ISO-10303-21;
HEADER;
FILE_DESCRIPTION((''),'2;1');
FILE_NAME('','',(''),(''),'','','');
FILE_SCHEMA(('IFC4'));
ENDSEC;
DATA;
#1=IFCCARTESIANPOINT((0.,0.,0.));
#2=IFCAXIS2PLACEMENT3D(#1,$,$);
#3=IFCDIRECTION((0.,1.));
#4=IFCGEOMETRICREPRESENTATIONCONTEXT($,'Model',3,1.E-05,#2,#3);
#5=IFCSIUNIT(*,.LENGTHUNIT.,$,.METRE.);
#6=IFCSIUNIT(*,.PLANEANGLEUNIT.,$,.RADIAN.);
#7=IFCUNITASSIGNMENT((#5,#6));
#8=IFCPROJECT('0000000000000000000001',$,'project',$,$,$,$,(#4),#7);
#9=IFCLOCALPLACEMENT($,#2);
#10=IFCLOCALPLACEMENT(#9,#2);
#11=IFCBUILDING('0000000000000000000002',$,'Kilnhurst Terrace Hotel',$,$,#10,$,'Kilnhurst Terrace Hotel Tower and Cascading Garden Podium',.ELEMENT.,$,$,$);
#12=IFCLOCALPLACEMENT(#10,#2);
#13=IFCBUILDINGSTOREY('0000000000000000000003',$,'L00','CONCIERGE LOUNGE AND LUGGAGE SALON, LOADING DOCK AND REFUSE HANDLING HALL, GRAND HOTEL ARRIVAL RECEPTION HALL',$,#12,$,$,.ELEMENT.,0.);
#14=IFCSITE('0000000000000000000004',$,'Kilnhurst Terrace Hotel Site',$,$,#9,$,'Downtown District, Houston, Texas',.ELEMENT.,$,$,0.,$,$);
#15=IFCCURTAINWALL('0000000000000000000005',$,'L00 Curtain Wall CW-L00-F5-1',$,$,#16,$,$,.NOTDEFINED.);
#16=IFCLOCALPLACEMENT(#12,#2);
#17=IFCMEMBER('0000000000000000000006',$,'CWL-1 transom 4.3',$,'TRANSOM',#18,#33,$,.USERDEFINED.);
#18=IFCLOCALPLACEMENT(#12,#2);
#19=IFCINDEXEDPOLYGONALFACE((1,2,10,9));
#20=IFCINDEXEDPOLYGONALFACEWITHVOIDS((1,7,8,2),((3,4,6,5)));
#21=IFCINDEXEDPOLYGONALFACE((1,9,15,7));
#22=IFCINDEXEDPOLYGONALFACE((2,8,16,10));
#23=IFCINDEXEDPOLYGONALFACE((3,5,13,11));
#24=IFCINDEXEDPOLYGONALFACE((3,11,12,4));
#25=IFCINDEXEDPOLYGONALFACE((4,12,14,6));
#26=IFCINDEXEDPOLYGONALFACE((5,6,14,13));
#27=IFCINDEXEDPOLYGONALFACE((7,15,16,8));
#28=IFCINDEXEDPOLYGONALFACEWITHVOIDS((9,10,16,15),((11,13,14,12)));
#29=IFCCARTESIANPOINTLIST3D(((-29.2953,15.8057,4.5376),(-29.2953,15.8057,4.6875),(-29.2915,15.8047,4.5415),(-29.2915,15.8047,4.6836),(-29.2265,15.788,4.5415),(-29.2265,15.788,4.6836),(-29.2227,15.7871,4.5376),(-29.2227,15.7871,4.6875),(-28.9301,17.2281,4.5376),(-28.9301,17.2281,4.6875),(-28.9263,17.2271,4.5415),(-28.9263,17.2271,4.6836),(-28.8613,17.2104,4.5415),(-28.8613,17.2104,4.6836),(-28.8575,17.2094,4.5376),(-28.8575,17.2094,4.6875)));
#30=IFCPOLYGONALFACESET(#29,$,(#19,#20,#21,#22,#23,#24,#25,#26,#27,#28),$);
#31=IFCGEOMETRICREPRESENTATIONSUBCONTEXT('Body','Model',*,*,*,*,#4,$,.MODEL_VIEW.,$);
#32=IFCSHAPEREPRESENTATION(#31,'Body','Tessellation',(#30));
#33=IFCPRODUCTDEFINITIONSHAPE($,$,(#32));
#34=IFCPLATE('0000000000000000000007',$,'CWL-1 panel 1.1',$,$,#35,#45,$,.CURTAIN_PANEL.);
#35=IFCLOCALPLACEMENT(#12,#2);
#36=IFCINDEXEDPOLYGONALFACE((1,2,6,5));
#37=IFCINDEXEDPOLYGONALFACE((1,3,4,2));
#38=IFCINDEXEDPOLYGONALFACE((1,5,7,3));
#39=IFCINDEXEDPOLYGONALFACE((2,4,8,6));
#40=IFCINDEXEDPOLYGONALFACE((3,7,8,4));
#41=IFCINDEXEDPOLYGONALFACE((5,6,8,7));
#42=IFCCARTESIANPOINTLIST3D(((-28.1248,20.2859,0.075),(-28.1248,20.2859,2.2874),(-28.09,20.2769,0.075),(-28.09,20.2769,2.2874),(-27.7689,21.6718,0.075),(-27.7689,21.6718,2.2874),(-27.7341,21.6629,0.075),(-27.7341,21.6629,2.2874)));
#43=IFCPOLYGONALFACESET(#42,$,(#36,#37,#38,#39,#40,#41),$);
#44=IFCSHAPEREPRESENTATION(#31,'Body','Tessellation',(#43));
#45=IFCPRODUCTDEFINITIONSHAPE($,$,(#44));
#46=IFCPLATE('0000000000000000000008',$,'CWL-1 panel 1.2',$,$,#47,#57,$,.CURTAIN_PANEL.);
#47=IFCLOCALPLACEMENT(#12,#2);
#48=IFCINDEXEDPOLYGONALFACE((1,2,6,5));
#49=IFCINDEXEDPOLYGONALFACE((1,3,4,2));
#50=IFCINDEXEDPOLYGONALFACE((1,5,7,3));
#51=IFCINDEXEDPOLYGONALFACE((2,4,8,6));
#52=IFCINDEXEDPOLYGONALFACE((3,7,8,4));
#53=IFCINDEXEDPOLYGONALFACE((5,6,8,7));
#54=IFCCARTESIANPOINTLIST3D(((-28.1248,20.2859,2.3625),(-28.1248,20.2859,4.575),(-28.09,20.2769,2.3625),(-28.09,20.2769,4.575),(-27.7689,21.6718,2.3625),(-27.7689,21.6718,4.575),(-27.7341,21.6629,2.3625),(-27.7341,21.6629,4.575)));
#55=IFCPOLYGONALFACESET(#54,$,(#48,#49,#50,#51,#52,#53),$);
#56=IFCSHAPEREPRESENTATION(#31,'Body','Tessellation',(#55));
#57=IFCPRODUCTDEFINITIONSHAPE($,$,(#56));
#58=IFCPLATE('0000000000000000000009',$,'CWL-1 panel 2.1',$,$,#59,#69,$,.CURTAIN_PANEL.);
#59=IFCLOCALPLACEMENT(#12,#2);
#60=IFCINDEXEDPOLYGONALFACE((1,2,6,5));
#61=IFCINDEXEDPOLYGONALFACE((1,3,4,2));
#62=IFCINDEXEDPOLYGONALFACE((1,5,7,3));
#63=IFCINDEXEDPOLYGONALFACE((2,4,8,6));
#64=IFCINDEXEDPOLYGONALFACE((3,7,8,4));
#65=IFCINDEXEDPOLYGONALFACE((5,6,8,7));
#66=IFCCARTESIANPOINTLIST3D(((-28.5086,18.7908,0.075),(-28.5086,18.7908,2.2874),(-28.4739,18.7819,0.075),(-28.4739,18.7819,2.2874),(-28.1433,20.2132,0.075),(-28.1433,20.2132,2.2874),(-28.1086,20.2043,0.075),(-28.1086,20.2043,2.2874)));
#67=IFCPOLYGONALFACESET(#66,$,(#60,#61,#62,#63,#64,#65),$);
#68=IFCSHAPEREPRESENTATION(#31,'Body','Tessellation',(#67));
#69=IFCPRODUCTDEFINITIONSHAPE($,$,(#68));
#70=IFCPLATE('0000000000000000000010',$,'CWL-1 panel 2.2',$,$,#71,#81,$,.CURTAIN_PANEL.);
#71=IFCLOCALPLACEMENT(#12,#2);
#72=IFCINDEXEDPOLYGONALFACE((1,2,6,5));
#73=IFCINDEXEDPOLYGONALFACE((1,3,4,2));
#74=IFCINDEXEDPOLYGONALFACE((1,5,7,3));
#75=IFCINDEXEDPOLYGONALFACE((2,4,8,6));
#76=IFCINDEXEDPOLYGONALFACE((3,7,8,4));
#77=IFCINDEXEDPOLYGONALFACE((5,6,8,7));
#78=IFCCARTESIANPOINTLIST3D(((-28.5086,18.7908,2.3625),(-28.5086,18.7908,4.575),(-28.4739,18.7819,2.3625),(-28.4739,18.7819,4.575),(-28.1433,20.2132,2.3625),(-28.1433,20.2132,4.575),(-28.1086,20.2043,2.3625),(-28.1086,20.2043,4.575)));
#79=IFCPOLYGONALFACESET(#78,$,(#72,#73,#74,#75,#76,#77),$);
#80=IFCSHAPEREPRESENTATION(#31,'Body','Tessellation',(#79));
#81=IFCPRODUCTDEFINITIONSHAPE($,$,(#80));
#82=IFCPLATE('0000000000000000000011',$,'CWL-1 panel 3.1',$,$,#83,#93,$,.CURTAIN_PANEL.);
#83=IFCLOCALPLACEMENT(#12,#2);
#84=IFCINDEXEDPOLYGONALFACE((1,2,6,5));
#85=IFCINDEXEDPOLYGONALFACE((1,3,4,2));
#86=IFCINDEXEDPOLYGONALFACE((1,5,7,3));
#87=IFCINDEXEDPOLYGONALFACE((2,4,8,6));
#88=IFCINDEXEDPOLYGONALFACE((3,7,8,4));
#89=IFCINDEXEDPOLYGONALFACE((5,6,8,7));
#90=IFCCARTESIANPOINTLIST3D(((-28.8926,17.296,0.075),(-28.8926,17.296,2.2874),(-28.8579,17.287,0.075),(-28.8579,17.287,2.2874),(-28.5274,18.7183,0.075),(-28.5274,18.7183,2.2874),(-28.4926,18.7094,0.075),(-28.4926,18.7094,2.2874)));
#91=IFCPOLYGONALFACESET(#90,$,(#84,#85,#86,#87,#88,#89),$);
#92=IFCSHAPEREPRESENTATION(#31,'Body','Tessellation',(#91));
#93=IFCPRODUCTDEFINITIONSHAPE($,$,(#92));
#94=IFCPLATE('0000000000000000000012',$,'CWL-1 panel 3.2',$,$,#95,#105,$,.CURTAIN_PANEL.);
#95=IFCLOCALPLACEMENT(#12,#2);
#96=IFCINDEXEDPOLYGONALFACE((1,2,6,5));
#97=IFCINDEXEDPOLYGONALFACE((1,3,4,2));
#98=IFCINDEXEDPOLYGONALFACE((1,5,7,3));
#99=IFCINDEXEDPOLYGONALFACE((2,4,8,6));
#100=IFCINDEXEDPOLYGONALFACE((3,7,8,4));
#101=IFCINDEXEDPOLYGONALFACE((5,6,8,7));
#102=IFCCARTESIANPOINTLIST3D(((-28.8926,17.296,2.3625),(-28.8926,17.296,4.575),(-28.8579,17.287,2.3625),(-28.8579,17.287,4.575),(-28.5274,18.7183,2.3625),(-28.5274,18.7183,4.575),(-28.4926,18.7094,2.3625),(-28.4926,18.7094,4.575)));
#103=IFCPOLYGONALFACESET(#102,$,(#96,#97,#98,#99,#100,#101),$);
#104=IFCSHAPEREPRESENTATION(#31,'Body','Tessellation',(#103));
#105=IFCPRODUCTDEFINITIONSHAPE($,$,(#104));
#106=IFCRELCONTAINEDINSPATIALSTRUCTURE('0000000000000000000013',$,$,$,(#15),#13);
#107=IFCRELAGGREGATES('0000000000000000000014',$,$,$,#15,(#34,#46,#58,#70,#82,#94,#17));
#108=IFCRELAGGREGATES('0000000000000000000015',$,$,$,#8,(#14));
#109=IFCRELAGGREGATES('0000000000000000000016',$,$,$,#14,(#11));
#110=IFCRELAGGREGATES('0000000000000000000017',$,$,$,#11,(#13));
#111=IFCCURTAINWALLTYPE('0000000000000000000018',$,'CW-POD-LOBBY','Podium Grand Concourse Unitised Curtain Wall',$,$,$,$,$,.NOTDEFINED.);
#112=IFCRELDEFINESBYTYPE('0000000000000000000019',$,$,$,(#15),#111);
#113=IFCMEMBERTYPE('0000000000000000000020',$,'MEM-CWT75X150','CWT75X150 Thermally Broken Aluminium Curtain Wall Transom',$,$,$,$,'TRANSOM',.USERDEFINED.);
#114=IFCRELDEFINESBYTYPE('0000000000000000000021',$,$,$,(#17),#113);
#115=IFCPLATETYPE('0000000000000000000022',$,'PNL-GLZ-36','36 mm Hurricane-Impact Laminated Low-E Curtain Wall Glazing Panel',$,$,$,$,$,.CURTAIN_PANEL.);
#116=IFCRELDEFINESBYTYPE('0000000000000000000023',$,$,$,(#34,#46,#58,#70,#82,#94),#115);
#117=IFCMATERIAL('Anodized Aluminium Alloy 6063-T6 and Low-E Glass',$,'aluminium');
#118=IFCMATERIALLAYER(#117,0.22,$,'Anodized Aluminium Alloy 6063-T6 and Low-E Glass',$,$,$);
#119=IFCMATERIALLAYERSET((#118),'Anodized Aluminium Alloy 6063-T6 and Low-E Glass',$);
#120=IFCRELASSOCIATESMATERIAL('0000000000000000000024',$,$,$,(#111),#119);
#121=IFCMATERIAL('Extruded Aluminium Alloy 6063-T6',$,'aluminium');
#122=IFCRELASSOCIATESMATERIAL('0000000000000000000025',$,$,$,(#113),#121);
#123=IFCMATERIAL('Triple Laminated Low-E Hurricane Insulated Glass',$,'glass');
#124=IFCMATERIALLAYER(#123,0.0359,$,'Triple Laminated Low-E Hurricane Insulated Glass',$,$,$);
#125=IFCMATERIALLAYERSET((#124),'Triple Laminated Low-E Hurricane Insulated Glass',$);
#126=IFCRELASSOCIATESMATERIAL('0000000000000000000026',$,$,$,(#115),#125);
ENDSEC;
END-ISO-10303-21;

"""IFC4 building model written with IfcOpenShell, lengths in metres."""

from ifc_helpers import new_model, si_unit, direction, frame, origin, origin_2d, place, context, subcontext, project, spatial, rectangle, hollow_rectangle, extrude, material, layer, layer_set, material_profile, profile_set, type_object, element, aggregate, save


model = new_model("IFC4")

# Units and contexts
model_context = context("Model", 3, precision=1e-05, world=origin(), true_north=direction((0.0, 1.0)))
body_context = subcontext(model_context, "Body", "Model", "MODEL_VIEW")
ifc_project = project(units=[si_unit("LENGTHUNIT", "METRE"), si_unit("PLANEANGLEUNIT", "RADIAN")], contexts=[model_context])

# Site, building, storey
site_placement = place(None, origin())
site = spatial("IfcSite", under=ifc_project, at=site_placement, Name="Kilnhurst Terrace Hotel Site", LongName="Downtown District, Houston, Texas", CompositionType="ELEMENT", RefElevation=0.0)
building_placement = place(site_placement, origin())
building = spatial("IfcBuilding", under=site, at=building_placement, Name="Kilnhurst Terrace Hotel", LongName="Kilnhurst Terrace Hotel Tower and Cascading Garden Podium", CompositionType="ELEMENT")
storey_placement = place(building_placement, origin())
storey = spatial("IfcBuildingStorey", under=building, at=storey_placement, Name="L00", Description="CONCIERGE LOUNGE AND LUGGAGE SALON, LOADING DOCK AND REFUSE HANDLING HALL, GRAND HOTEL ARRIVAL RECEPTION HALL", CompositionType="ELEMENT", Elevation=0.0)

# Curtain wall, member, plates
ifc_material_1 = material(Name="Anodized Aluminium Alloy 6063-T6 and Low-E Glass", Category="aluminium")
ifc_layer_1 = layer(ifc_material_1, 0.22, Name="Anodized Aluminium Alloy 6063-T6 and Low-E Glass")
ifc_layer_set_1 = layer_set([ifc_layer_1], Name="Anodized Aluminium Alloy 6063-T6 and Low-E Glass")
curtain_wall_type = type_object("IfcCurtainWallType", Name="CW-POD-LOBBY", Description="Podium Grand Concourse Unitised Curtain Wall", PredefinedType="NOTDEFINED", material=ifc_layer_set_1)
curtain_wall_placement = place(storey_placement, origin())
curtain_wall = element("IfcCurtainWall", 1, at=curtain_wall_placement, inside=storey, type_object=curtain_wall_type, Name="L00 Curtain Wall CW-L00-F5-1", PredefinedType="NOTDEFINED")
ifc_material_2 = material(Name="Extruded Aluminium Alloy 6063-T6", Category="aluminium")
ifc_material_profile_1 = material_profile(ifc_material_2, hollow_rectangle(XDim=0.075, YDim=0.1499, WallThickness=0.0039, at=origin_2d()), Name="CWT75X150")
ifc_profile_set_1 = profile_set([ifc_material_profile_1], Name="Extruded Aluminium Alloy 6063-T6")
member_type_1 = type_object("IfcMemberType", Name="MEM-CWT75X150", Description="CWT75X150 Thermally Broken Aluminium Curtain Wall Transom", ElementType="TRANSOM", PredefinedType="USERDEFINED", material=ifc_profile_set_1)
member_1_placement = place(storey_placement, frame((-28.8938, 17.2188, 4.6125), z_axis=(-0.248711, -0.968578, 0.0), x_axis=(0.968578, -0.248711, 0.0)))
member_1 = element("IfcMember", 2, at=member_1_placement, type_object=member_type_1, Name="CWL-1 transom 4.3", ObjectType="TRANSOM", PredefinedType="USERDEFINED", context=body_context, shape_type="SweptSolid", body=[
    extrude(hollow_rectangle(XDim=0.075, YDim=0.1499, WallThickness=0.0039, at=origin_2d()), origin(), (0.0, 0.0, 1.0), 1.4685),
])
ifc_material_3 = material(Name="Triple Laminated Low-E Hurricane Insulated Glass", Category="glass")
ifc_layer_2 = layer(ifc_material_3, 0.0359, Name="Triple Laminated Low-E Hurricane Insulated Glass")
ifc_layer_set_2 = layer_set([ifc_layer_2], Name="Triple Laminated Low-E Hurricane Insulated Glass")
plate_type = type_object("IfcPlateType", Name="PNL-GLZ-36", Description="36 mm Hurricane-Impact Laminated Low-E Curtain Wall Glazing Panel", PredefinedType="CURTAIN_PANEL", material=ifc_layer_set_2)
plate_1_placement = place(storey_placement, frame((-27.9294, 20.9744, 0.075), z_axis=(0.0, 0.0, 1.0), x_axis=(-0.24874, -0.96857, 0.0)))
plate_1 = element("IfcPlate", 3, at=plate_1_placement, type_object=plate_type, Name="CWL-1 panel 1.1", PredefinedType="CURTAIN_PANEL", context=body_context, shape_type="SweptSolid", body=[
    extrude(rectangle(XDim=1.4309, YDim=0.0359, at=origin_2d()), origin(), (0.0, 0.0, 1.0), 2.2124),
])
plate_2_placement = place(storey_placement, frame((-27.9294, 20.9744, 2.3625), z_axis=(0.0, 0.0, 1.0), x_axis=(-0.24874, -0.96857, 0.0)))
plate_2 = element("IfcPlate", 4, at=plate_2_placement, type_object=plate_type, Name="CWL-1 panel 1.2", PredefinedType="CURTAIN_PANEL", context=body_context, shape_type="SweptSolid", body=[
    extrude(rectangle(XDim=1.4309, YDim=0.0359, at=origin_2d()), origin(), (0.0, 0.0, 1.0), 2.2124),
])
plate_3_placement = place(storey_placement, frame((-28.3086, 19.4976, 0.075), z_axis=(0.0, 0.0, 1.0), x_axis=(-0.24874, -0.96857, 0.0)))
plate_3 = element("IfcPlate", 5, at=plate_3_placement, type_object=plate_type, Name="CWL-1 panel 2.1", PredefinedType="CURTAIN_PANEL", context=body_context, shape_type="SweptSolid", body=[
    extrude(rectangle(XDim=1.4685, YDim=0.0359, at=origin_2d()), origin(), (0.0, 0.0, 1.0), 2.2124),
])
plate_4_placement = place(storey_placement, frame((-28.3086, 19.4976, 2.3625), z_axis=(0.0, 0.0, 1.0), x_axis=(-0.24874, -0.96857, 0.0)))
plate_4 = element("IfcPlate", 6, at=plate_4_placement, type_object=plate_type, Name="CWL-1 panel 2.2", PredefinedType="CURTAIN_PANEL", context=body_context, shape_type="SweptSolid", body=[
    extrude(rectangle(XDim=1.4685, YDim=0.0359, at=origin_2d()), origin(), (0.0, 0.0, 1.0), 2.2124),
])
plate_5_placement = place(storey_placement, frame((-28.6926, 18.0027, 0.075), z_axis=(0.0, 0.0, 1.0), x_axis=(-0.24874, -0.96857, 0.0)))
plate_5 = element("IfcPlate", 7, at=plate_5_placement, type_object=plate_type, Name="CWL-1 panel 3.1", PredefinedType="CURTAIN_PANEL", context=body_context, shape_type="SweptSolid", body=[
    extrude(rectangle(XDim=1.4685, YDim=0.0359, at=origin_2d()), origin(), (0.0, 0.0, 1.0), 2.2124),
])
plate_6_placement = place(storey_placement, frame((-28.6926, 18.0027, 2.3625), z_axis=(0.0, 0.0, 1.0), x_axis=(-0.24874, -0.96857, 0.0)))
plate_6 = element("IfcPlate", 8, at=plate_6_placement, type_object=plate_type, Name="CWL-1 panel 3.2", PredefinedType="CURTAIN_PANEL", context=body_context, shape_type="SweptSolid", body=[
    extrude(rectangle(XDim=1.4685, YDim=0.0359, at=origin_2d()), origin(), (0.0, 0.0, 1.0), 2.2124),
])
aggregate(curtain_wall, [plate_1, plate_2, plate_3, plate_4, plate_5, plate_6, member_1])

save(model, "model.ifc")
